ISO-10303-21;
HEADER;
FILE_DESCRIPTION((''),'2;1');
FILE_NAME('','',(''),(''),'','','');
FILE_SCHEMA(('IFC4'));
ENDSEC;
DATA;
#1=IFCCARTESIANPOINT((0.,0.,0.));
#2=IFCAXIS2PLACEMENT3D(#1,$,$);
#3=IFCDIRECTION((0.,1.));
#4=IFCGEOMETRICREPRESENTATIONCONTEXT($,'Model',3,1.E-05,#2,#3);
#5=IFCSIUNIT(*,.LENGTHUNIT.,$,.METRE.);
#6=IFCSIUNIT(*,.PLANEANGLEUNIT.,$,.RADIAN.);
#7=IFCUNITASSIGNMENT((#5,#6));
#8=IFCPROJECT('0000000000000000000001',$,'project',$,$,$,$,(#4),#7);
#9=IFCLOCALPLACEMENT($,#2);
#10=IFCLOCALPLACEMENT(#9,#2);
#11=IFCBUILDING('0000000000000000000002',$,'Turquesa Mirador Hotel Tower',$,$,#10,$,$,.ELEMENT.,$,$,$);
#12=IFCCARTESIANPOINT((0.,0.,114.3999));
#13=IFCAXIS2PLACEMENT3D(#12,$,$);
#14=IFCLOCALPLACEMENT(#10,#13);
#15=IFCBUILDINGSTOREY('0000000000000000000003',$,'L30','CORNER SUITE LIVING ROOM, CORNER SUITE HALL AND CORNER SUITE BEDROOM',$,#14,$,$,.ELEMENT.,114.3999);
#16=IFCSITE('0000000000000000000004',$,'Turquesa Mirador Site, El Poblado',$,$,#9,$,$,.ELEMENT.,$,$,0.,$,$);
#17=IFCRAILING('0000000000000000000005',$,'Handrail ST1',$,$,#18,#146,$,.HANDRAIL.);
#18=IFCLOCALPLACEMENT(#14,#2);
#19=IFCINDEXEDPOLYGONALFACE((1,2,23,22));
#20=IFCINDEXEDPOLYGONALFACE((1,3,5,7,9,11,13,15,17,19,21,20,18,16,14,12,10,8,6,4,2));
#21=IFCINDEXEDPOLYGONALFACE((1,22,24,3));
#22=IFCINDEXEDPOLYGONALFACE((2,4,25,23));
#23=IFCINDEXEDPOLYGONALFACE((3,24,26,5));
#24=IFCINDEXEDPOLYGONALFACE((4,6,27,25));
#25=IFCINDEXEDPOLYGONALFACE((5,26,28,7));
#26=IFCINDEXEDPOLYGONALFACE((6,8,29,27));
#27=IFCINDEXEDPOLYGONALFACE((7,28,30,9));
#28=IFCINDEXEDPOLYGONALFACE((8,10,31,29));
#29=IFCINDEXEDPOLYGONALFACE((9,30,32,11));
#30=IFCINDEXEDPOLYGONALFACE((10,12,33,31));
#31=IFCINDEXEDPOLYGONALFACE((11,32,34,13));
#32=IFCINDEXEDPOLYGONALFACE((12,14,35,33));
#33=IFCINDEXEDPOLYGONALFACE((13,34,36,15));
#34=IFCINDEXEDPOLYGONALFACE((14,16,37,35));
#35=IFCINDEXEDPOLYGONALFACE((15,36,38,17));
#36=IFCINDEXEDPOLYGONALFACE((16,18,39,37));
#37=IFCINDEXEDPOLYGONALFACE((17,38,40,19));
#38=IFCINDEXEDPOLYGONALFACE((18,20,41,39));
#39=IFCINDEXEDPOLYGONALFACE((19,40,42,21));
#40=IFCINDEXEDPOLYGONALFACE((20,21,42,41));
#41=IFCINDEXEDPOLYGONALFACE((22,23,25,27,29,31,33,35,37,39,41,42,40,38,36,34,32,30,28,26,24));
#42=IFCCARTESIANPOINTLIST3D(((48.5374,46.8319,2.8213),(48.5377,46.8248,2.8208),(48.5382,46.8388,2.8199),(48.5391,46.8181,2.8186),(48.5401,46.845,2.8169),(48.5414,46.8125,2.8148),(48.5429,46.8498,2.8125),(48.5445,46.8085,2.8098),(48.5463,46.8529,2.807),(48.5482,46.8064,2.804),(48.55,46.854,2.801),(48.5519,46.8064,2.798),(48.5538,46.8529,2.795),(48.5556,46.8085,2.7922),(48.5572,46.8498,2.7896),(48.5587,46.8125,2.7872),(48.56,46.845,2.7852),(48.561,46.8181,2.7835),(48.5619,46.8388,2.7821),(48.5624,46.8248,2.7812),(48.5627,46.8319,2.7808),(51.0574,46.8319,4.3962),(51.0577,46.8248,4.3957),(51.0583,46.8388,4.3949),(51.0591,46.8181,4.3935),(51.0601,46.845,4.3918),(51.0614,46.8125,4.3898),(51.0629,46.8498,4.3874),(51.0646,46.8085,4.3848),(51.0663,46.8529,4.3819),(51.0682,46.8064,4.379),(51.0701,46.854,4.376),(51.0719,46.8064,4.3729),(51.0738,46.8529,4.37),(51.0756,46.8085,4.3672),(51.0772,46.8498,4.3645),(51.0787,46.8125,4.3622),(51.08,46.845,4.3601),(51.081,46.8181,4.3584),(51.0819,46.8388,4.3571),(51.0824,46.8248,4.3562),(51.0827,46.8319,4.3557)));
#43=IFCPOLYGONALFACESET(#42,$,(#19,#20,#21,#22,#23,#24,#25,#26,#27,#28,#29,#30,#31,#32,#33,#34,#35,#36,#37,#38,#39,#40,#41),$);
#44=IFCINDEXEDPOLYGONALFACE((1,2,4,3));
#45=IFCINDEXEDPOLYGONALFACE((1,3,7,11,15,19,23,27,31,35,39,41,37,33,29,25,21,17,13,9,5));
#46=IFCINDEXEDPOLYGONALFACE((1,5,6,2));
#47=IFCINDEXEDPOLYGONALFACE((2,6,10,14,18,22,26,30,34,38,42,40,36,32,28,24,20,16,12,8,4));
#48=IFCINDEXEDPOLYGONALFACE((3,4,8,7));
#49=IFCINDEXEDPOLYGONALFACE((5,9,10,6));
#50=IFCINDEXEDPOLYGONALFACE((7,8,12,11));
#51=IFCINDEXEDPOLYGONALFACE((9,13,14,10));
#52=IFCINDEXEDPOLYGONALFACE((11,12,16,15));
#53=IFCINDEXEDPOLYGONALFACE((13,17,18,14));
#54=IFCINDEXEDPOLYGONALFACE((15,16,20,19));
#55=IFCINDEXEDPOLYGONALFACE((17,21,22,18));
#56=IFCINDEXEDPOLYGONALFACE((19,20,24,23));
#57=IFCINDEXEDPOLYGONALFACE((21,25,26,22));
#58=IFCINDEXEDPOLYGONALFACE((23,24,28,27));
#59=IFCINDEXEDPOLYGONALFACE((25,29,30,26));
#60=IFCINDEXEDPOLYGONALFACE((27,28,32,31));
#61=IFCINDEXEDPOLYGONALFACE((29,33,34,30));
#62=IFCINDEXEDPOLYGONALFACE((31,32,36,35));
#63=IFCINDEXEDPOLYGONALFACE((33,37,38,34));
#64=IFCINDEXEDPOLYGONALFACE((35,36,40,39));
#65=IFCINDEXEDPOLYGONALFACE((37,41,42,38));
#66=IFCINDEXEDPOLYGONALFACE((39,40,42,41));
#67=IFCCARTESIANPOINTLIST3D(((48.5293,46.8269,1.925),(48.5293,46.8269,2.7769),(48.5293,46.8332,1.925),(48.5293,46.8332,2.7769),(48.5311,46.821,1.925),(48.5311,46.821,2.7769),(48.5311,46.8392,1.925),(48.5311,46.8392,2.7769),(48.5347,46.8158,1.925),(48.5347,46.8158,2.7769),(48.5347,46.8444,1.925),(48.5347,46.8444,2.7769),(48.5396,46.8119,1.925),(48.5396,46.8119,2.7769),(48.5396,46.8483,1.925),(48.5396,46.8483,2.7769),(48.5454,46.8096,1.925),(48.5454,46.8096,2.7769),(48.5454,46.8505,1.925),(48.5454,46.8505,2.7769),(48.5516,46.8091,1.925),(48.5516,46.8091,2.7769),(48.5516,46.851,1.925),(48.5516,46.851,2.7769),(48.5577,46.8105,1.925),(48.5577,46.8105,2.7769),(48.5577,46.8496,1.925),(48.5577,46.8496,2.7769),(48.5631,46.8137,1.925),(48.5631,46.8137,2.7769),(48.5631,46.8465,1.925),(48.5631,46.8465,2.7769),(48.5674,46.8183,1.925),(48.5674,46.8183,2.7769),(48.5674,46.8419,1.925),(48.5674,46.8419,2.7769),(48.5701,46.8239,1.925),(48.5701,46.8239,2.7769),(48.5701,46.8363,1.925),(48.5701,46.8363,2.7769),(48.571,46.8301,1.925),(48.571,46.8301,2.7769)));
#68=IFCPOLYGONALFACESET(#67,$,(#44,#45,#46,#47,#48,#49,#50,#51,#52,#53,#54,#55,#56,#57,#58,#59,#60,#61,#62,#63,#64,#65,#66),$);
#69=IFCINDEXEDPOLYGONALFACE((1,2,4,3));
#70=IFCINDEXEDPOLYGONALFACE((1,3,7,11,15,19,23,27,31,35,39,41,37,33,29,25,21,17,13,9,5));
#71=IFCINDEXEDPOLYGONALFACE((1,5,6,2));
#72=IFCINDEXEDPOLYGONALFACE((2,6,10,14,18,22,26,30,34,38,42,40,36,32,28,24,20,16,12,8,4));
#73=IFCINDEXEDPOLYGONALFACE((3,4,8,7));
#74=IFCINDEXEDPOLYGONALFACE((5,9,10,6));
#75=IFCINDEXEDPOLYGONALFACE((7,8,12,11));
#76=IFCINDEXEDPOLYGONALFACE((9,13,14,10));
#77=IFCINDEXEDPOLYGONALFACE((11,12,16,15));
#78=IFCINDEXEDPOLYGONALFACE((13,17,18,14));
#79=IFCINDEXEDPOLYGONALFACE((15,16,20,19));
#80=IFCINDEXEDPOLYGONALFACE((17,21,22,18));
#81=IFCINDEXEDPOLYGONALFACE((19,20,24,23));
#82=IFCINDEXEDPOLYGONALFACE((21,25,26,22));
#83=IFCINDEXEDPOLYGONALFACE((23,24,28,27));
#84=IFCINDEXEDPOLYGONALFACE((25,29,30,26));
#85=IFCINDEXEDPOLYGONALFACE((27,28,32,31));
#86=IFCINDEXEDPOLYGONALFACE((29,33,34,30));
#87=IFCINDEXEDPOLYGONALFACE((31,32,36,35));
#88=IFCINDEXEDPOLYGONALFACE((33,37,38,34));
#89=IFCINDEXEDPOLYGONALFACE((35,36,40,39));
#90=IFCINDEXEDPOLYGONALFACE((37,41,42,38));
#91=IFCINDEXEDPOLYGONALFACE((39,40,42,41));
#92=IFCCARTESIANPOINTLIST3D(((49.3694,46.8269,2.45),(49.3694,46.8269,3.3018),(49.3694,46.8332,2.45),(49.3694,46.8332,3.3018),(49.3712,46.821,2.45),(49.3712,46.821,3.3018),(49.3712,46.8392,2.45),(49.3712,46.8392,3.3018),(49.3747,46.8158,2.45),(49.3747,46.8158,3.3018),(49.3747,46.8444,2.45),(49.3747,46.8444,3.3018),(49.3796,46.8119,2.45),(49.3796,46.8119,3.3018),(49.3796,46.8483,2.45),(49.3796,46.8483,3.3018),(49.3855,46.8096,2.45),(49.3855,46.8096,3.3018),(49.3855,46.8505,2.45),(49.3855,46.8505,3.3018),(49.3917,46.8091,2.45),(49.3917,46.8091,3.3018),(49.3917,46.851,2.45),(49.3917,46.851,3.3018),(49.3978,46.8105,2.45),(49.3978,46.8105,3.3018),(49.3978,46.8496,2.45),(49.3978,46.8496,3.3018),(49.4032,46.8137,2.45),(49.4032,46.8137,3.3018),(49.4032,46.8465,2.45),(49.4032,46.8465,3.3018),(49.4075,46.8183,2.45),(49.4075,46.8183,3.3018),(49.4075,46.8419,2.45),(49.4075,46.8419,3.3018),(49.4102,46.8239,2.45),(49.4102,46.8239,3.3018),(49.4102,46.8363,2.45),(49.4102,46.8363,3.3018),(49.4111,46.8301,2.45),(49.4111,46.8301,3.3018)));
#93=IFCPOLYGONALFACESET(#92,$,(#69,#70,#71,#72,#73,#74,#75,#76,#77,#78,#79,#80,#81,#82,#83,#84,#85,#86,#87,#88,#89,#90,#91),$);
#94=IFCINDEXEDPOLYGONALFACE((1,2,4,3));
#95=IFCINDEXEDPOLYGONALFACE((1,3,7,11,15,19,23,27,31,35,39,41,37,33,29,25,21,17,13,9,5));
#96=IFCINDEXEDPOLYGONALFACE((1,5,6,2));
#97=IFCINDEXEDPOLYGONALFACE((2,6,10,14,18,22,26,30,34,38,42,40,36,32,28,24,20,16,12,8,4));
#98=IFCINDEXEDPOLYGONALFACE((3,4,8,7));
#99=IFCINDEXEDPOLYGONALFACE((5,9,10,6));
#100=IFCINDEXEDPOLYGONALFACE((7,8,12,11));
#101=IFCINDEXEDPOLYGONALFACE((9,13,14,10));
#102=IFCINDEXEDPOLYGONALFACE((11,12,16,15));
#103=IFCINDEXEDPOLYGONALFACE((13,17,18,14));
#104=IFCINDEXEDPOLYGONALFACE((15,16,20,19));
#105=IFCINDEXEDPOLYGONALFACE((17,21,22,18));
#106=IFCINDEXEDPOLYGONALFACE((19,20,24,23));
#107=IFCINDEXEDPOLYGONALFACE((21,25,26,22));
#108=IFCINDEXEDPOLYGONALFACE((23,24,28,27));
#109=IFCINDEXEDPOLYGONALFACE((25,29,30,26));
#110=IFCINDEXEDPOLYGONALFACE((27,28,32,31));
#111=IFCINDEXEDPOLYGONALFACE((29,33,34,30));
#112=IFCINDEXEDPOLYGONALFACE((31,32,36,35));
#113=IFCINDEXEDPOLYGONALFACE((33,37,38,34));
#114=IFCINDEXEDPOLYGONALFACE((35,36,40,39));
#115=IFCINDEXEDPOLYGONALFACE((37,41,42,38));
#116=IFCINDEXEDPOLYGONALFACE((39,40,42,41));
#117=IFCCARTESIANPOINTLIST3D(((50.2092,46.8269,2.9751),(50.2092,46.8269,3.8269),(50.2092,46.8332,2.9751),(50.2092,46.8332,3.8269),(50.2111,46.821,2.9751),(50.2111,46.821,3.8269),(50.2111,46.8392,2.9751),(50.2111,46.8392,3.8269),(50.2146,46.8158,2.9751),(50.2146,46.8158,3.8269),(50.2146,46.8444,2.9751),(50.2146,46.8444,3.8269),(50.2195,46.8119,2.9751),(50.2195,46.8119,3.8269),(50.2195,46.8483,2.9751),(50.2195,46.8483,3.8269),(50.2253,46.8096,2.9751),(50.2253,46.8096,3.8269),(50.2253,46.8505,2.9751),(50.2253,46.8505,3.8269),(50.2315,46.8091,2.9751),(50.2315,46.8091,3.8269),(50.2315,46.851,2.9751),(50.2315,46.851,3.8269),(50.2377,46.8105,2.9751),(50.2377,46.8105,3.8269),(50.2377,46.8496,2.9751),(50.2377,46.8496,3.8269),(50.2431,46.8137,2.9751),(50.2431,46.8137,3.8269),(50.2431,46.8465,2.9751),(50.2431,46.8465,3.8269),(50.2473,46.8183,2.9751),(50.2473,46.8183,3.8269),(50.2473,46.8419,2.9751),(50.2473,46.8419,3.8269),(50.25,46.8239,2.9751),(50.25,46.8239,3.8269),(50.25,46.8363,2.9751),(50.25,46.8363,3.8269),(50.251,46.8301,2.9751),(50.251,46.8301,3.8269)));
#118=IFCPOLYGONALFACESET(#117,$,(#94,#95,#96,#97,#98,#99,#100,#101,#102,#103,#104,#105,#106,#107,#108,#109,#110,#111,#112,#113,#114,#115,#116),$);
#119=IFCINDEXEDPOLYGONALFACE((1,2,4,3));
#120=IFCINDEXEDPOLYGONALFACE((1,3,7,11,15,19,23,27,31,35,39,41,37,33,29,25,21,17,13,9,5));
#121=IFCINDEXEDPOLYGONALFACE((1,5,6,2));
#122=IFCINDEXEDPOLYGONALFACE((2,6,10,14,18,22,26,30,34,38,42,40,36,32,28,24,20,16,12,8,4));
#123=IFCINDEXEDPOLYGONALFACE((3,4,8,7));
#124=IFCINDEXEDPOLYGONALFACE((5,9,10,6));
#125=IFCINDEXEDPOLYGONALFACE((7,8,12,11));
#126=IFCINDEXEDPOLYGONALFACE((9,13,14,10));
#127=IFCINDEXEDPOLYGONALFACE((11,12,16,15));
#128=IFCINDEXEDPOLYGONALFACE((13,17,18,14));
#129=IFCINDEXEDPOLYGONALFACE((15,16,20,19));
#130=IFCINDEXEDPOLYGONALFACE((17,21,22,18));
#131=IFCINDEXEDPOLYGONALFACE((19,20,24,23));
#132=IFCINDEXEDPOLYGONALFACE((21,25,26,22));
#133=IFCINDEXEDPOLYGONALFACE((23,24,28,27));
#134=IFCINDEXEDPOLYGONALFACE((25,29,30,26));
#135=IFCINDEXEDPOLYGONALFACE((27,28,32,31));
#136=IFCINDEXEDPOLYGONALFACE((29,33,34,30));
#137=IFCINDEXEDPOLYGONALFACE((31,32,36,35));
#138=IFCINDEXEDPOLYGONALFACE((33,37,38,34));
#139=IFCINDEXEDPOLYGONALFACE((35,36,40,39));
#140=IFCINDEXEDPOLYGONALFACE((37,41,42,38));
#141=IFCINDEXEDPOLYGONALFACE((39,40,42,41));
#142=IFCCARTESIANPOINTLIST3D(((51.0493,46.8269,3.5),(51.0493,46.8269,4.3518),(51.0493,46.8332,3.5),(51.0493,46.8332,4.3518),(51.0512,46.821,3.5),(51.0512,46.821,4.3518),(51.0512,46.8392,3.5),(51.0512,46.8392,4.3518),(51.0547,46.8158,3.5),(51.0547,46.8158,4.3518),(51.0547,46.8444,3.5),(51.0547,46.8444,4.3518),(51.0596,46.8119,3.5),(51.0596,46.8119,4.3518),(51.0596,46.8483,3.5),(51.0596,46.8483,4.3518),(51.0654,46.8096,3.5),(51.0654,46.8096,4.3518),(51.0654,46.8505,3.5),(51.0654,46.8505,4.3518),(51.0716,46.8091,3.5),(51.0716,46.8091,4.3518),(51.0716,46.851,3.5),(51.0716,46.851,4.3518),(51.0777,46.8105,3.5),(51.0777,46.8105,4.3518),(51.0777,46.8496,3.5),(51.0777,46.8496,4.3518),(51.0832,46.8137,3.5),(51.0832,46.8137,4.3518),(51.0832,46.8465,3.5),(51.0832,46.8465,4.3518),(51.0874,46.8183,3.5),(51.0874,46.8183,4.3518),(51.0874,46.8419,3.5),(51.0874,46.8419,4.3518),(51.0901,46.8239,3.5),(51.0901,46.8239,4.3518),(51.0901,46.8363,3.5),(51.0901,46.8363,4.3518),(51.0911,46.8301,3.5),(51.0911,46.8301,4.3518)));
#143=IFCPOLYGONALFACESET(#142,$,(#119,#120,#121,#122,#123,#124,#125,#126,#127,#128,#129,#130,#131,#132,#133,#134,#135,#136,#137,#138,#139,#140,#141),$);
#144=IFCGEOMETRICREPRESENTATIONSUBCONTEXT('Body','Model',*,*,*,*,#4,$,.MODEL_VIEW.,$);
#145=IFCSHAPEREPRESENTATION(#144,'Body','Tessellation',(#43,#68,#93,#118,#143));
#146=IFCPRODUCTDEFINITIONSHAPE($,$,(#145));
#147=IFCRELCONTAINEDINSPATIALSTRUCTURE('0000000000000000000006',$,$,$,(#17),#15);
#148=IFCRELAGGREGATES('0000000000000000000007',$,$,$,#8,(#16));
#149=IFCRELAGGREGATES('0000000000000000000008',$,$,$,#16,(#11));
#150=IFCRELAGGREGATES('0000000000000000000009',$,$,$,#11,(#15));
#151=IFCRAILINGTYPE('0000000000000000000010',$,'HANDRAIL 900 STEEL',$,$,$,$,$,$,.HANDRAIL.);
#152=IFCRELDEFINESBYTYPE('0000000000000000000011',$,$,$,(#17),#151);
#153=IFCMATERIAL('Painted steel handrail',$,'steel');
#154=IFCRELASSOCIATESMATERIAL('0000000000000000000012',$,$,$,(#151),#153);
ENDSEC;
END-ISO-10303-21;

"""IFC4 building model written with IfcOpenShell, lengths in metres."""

from ifc_helpers import new_model, si_unit, direction, frame, origin, origin_2d, place, context, subcontext, project, spatial, circle, extrude, material, type_object, element, save


model = new_model("IFC4")

# Units and contexts
model_context = context("Model", 3, precision=1e-05, world=origin(), true_north=direction((0.0, 1.0)))
body_context = subcontext(model_context, "Body", "Model", "MODEL_VIEW")
ifc_project = project(units=[si_unit("LENGTHUNIT", "METRE"), si_unit("PLANEANGLEUNIT", "RADIAN")], contexts=[model_context])

# Site, building, storey
site_placement = place(None, origin())
site = spatial("IfcSite", under=ifc_project, at=site_placement, Name="Turquesa Mirador Site, El Poblado", CompositionType="ELEMENT", RefElevation=0.0)
building_placement = place(site_placement, origin())
building = spatial("IfcBuilding", under=site, at=building_placement, Name="Turquesa Mirador Hotel Tower", CompositionType="ELEMENT")
storey_placement = place(building_placement, frame((0.0, 0.0, 114.3999)))
storey = spatial("IfcBuildingStorey", under=building, at=storey_placement, Name="L30", Description="CORNER SUITE LIVING ROOM, CORNER SUITE HALL AND CORNER SUITE BEDROOM", CompositionType="ELEMENT", Elevation=114.3999)

# Railing
ifc_material_1 = material(Name="Painted steel handrail", Category="steel")
railing_type = type_object("IfcRailingType", Name="HANDRAIL 900 STEEL", PredefinedType="HANDRAIL", material=ifc_material_1)
railing_placement = place(storey_placement, frame((48.55, 46.8301, 1.925)))
element("IfcRailing", 1, at=railing_placement, inside=storey, type_object=railing_type, Name="Handrail ST1", PredefinedType="HANDRAIL", context=body_context, shape_type="SweptSolid", body=[
    extrude(circle(Radius=0.0239, at=origin_2d()), frame((0.0, 0.0, 0.876), z_axis=(0.848008, 0.0, 0.529984), x_axis=(0.0, 1.0, 0.0)), (0.0, 0.0, 1.0), 2.9717),
    extrude(circle(Radius=0.021, at=origin_2d()), origin(), (0.0, 0.0, 1.0), 0.8518),
    extrude(circle(Radius=0.021, at=origin_2d()), frame((0.8401, 0.0, 0.5249)), (0.0, 0.0, 1.0), 0.8518),
    extrude(circle(Radius=0.021, at=origin_2d()), frame((1.6799, 0.0, 1.05)), (0.0, 0.0, 1.0), 0.8518),
    extrude(circle(Radius=0.021, at=origin_2d()), frame((2.52, 0.0, 1.575)), (0.0, 0.0, 1.0), 0.8518),
])

save(model, "model.ifc")
